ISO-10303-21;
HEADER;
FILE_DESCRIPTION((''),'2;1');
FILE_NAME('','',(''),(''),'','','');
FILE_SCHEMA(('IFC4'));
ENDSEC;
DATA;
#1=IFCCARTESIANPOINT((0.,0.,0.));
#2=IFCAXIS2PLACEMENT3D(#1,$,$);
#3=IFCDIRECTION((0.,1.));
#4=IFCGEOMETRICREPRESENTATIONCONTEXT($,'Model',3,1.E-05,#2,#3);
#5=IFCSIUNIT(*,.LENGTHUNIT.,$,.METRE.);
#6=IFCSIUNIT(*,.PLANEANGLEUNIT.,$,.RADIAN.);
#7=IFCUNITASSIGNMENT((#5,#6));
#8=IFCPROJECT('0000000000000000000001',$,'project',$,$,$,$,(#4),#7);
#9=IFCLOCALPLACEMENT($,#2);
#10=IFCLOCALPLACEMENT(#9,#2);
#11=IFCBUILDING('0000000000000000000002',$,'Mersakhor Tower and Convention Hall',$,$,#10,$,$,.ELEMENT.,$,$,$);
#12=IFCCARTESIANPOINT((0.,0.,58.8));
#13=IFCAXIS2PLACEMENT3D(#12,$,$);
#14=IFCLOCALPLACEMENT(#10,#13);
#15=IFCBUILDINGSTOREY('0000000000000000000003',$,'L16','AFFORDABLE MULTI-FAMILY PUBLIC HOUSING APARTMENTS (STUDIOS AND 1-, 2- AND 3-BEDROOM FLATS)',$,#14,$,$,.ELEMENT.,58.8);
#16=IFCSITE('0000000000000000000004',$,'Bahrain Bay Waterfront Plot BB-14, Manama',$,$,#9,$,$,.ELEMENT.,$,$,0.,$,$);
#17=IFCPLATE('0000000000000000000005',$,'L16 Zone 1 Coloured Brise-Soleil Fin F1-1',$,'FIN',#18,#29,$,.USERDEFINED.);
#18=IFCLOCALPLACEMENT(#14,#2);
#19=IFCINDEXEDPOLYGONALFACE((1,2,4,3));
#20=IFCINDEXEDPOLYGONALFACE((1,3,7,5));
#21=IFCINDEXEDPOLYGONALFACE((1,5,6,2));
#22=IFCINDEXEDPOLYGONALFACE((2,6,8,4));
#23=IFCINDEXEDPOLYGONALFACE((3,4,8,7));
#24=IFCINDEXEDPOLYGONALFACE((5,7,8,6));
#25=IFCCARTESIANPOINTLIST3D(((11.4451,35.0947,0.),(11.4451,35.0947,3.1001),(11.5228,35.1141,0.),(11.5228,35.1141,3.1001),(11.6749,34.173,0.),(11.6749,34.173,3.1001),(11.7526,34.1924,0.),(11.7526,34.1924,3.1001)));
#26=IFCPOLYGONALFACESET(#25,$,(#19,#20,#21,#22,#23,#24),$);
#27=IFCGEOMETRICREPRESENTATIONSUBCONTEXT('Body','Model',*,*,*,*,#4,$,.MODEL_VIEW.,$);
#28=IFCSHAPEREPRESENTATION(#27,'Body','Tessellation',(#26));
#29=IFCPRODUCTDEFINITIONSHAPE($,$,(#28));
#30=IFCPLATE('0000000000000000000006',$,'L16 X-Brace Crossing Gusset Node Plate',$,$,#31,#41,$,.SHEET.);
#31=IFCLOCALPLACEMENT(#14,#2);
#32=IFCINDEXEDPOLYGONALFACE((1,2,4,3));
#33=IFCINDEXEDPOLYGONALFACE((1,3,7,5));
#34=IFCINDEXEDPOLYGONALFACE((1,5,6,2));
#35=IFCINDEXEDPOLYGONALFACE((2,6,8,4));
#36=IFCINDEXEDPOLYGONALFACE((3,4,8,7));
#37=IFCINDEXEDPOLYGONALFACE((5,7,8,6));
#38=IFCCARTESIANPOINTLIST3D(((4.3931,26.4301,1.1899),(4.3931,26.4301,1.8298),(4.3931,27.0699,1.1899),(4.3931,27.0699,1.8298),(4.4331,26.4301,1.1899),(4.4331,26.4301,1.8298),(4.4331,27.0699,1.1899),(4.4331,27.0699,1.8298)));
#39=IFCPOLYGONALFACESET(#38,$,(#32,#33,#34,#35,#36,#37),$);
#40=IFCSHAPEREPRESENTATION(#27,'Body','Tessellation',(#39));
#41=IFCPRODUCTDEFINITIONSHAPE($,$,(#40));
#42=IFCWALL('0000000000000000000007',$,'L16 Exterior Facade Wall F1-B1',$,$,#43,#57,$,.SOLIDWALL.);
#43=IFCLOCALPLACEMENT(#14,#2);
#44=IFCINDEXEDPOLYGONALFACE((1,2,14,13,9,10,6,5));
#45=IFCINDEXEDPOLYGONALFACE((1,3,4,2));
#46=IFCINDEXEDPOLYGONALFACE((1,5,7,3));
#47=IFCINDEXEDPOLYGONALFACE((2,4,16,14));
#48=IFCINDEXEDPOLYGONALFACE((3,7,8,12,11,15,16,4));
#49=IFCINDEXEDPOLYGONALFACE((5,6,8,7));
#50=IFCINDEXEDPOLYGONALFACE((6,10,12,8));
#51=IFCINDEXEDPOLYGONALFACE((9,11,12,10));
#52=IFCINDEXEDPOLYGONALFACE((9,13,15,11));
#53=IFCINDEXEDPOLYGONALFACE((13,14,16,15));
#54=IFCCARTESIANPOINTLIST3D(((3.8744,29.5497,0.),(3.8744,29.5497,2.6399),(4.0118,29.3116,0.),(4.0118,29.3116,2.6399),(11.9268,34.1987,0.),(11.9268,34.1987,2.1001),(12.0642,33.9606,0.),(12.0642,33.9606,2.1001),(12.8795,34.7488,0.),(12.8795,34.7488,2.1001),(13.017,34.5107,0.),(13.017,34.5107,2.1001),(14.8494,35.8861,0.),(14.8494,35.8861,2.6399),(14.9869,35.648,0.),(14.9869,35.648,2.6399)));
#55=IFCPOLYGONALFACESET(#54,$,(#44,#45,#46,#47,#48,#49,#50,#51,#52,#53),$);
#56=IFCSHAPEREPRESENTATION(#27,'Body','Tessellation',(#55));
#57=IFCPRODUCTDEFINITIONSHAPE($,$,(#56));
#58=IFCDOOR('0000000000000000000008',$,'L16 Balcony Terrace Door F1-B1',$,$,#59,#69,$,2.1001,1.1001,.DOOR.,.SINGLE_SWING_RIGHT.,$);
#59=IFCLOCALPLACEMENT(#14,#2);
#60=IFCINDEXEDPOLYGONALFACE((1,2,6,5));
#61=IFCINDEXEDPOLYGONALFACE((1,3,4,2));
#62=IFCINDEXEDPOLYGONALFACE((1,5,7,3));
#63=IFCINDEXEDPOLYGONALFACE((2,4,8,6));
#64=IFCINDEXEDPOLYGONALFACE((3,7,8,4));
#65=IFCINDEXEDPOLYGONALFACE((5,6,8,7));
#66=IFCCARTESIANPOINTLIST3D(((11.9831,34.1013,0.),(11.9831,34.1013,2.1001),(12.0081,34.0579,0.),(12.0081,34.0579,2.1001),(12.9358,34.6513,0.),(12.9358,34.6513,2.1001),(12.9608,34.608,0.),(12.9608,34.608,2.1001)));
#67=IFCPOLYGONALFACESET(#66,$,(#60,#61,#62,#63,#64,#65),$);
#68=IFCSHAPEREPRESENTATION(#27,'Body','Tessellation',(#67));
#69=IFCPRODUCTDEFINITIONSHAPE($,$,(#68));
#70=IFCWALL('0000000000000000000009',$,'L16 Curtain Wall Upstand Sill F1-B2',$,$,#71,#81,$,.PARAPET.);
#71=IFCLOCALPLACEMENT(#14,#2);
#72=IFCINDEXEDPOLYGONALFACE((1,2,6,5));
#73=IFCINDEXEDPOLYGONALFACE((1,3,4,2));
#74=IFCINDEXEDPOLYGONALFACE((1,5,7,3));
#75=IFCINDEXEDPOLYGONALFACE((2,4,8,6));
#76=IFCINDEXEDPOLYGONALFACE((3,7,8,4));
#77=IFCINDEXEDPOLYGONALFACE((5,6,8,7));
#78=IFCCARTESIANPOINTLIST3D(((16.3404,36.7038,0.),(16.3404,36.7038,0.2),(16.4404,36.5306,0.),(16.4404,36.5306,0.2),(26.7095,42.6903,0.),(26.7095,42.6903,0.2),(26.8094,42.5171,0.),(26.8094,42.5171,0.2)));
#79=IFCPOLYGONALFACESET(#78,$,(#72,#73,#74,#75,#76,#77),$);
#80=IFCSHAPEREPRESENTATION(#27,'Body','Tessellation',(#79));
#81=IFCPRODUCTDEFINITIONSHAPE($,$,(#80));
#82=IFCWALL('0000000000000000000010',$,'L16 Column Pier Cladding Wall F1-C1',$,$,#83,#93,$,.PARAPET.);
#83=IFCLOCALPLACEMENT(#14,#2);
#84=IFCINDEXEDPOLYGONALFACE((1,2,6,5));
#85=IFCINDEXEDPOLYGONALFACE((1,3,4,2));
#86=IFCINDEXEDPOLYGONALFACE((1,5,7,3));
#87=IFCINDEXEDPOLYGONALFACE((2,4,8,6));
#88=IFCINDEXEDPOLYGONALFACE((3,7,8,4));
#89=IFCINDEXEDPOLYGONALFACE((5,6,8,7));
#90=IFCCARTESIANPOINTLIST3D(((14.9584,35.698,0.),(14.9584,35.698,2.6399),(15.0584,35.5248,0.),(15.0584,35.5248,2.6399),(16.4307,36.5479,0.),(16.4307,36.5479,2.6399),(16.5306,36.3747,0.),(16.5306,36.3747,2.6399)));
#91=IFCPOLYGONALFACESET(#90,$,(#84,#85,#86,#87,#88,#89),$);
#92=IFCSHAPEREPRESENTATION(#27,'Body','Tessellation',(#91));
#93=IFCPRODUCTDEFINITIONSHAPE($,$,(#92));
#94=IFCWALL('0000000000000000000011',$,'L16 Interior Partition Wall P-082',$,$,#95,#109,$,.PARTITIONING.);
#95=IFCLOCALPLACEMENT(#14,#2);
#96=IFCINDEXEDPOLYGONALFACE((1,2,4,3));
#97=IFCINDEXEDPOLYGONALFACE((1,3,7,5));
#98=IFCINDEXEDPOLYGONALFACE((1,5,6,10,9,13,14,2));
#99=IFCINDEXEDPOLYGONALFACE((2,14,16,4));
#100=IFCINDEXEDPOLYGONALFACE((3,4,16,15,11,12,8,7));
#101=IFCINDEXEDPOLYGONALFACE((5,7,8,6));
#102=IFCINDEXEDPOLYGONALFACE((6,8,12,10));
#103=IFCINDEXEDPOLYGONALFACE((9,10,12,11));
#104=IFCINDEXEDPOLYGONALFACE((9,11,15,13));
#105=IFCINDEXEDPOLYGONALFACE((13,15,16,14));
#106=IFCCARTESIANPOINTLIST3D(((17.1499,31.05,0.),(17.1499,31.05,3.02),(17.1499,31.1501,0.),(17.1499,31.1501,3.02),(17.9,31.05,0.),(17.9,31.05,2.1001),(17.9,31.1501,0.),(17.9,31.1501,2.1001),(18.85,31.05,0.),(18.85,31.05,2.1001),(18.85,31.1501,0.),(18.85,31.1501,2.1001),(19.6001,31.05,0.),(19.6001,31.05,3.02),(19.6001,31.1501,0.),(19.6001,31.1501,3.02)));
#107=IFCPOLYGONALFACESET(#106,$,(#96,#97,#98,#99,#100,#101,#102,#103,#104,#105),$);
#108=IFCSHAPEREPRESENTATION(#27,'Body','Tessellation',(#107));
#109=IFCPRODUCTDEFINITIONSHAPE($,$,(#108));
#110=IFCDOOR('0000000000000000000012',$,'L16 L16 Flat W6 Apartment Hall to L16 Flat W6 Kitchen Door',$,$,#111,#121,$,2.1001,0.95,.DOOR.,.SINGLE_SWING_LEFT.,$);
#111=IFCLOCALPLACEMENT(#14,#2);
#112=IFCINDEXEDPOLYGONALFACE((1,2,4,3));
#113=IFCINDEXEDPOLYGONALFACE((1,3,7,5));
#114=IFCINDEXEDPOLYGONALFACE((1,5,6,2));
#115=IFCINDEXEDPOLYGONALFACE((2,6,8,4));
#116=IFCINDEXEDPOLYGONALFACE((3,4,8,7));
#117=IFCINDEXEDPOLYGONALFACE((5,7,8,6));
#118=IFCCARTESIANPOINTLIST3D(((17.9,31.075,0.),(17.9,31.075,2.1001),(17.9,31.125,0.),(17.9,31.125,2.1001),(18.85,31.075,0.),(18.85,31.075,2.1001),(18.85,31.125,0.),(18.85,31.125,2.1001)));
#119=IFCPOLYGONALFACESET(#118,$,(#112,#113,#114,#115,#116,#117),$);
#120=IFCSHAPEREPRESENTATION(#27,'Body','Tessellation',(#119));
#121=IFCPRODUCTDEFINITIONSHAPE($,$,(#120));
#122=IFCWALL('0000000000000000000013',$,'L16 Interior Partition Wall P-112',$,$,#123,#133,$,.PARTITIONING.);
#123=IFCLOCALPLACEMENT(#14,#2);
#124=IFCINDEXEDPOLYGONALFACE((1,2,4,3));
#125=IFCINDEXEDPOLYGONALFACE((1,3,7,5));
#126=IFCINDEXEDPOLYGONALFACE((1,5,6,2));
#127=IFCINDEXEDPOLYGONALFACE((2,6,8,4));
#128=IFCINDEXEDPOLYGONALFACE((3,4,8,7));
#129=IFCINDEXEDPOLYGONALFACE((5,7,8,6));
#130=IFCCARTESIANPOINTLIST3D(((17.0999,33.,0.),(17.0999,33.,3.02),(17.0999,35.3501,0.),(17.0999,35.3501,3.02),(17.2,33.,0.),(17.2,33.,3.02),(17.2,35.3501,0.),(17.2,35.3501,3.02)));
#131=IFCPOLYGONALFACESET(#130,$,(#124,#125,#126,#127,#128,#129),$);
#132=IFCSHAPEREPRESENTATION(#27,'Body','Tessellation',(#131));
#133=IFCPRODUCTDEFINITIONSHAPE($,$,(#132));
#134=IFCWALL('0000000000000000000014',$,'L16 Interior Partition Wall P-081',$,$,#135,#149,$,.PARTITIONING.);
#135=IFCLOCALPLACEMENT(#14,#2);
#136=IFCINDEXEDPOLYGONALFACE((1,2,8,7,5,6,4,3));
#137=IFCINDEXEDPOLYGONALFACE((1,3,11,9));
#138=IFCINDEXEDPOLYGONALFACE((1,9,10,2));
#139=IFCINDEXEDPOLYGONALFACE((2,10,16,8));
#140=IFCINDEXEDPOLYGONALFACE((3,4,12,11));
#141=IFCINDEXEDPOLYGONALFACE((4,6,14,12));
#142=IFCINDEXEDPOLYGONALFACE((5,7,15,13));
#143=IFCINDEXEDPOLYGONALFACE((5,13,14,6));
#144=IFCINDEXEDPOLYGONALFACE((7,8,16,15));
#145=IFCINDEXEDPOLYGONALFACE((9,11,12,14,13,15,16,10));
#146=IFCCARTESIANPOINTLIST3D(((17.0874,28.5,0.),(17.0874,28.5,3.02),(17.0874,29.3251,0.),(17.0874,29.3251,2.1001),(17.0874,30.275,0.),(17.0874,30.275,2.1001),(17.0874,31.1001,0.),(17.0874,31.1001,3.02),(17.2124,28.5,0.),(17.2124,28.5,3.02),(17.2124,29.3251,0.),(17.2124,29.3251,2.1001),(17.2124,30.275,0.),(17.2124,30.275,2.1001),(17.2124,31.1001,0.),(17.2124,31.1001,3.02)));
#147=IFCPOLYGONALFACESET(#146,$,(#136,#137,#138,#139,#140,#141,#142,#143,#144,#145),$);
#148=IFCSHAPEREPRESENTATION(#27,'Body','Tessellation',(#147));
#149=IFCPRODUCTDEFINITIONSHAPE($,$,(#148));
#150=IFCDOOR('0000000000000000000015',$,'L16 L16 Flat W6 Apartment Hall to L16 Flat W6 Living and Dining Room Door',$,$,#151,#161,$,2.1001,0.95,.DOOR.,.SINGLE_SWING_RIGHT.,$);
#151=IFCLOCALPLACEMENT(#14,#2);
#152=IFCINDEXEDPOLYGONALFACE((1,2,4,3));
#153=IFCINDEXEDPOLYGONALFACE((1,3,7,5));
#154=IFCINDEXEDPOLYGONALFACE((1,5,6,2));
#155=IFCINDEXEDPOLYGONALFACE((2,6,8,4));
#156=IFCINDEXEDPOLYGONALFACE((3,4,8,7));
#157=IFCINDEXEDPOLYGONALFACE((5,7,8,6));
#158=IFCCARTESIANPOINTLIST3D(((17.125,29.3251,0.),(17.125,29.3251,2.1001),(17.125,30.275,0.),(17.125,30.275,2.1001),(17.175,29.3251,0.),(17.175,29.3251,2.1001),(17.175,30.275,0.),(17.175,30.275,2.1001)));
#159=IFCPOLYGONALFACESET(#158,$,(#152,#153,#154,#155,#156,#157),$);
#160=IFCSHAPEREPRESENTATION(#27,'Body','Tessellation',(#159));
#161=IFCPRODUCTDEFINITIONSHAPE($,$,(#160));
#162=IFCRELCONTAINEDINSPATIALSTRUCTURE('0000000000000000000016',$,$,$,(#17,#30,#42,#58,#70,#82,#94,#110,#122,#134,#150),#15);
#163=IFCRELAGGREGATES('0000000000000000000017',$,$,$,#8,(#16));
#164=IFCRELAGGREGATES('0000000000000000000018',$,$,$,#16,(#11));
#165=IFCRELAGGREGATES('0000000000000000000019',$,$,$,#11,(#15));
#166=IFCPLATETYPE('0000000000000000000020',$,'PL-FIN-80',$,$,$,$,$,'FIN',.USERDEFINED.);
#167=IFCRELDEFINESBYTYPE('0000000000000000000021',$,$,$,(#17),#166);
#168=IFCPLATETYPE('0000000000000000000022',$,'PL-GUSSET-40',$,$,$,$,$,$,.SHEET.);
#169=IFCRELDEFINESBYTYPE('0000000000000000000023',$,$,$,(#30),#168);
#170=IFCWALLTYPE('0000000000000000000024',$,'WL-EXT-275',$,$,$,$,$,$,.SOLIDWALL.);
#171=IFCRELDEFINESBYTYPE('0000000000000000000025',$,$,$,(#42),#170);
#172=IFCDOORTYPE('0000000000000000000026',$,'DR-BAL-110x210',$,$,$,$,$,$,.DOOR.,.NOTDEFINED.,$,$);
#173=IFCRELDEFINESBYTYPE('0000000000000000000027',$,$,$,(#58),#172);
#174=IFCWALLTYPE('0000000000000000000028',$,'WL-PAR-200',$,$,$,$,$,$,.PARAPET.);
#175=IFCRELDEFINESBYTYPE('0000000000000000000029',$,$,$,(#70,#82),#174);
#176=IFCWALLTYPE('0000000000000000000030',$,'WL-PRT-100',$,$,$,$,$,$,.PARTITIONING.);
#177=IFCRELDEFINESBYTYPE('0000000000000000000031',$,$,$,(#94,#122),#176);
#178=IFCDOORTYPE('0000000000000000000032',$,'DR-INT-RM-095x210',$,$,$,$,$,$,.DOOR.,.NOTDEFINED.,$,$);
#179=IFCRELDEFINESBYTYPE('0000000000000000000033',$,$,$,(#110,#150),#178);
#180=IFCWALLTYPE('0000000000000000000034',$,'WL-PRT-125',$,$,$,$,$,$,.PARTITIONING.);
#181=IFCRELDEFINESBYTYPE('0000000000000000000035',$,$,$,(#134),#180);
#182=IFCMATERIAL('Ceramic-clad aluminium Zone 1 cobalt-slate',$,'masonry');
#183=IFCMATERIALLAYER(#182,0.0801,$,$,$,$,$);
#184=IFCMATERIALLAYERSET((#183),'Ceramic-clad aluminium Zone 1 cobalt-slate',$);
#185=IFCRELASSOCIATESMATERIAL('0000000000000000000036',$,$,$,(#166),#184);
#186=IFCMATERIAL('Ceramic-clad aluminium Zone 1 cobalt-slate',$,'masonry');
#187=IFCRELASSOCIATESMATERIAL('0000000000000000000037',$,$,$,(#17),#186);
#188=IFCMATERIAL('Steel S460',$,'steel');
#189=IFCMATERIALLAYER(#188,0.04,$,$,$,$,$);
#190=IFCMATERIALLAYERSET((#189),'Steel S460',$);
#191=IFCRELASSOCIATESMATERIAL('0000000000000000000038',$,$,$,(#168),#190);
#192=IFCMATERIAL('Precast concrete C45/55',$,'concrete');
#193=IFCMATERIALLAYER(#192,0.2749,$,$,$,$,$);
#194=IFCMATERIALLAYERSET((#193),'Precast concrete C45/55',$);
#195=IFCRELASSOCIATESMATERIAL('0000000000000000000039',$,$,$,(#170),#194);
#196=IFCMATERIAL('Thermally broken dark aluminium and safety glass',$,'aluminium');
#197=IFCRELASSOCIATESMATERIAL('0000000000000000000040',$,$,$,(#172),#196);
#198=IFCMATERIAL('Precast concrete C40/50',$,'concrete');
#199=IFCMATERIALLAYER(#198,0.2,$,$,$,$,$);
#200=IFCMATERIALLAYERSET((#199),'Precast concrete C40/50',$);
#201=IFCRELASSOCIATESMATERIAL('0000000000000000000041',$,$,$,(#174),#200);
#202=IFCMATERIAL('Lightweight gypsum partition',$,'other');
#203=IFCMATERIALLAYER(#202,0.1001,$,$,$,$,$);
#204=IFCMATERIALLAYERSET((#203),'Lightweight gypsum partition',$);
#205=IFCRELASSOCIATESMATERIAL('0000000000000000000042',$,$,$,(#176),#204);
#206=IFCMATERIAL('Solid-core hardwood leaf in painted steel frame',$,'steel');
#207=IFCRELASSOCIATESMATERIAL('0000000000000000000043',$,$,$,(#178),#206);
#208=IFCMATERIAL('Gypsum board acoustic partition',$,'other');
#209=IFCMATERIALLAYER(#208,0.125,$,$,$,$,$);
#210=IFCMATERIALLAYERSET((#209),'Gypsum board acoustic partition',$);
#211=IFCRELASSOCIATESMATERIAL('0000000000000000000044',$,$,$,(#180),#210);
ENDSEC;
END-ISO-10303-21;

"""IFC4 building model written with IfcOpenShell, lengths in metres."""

from ifc_helpers import new_model, si_unit, direction, frame, frame_2d, origin, origin_2d, place, context, subcontext, project, spatial, rectangle, extrude, material, layer, layer_set, type_object, element, fill, save


model = new_model("IFC4")

# Units and contexts
model_context = context("Model", 3, precision=1e-05, world=origin(), true_north=direction((0.0, 1.0)))
body_context = subcontext(model_context, "Body", "Model", "MODEL_VIEW")
ifc_project = project(units=[si_unit("LENGTHUNIT", "METRE"), si_unit("PLANEANGLEUNIT", "RADIAN")], contexts=[model_context])

# Site, building, storey
site_placement = place(None, origin())
site = spatial("IfcSite", under=ifc_project, at=site_placement, Name="Bahrain Bay Waterfront Plot BB-14, Manama", CompositionType="ELEMENT", RefElevation=0.0)
building_placement = place(site_placement, origin())
building = spatial("IfcBuilding", under=site, at=building_placement, Name="Mersakhor Tower and Convention Hall", CompositionType="ELEMENT")
storey_placement = place(building_placement, frame((0.0, 0.0, 58.8)))
storey = spatial("IfcBuildingStorey", under=building, at=storey_placement, Name="L16", Description="AFFORDABLE MULTI-FAMILY PUBLIC HOUSING APARTMENTS (STUDIOS AND 1-, 2- AND 3-BEDROOM FLATS)", CompositionType="ELEMENT", Elevation=58.8)

# Plates
ifc_material_1 = material(Name="Ceramic-clad aluminium Zone 1 cobalt-slate", Category="masonry")
ifc_material_2 = material(Name="Ceramic-clad aluminium Zone 1 cobalt-slate", Category="masonry")
ifc_layer_1 = layer(ifc_material_2, 0.0801)
ifc_layer_set_1 = layer_set([ifc_layer_1], Name="Ceramic-clad aluminium Zone 1 cobalt-slate")
plate_type_1 = type_object("IfcPlateType", Name="PL-FIN-80", ElementType="FIN", PredefinedType="USERDEFINED", material=ifc_layer_set_1)
plate_1_placement = place(storey_placement, frame((11.5989, 34.6436, 0.0), z_axis=(0.0, 0.0, 1.0), x_axis=(-0.241922, 0.970296, 0.0)))
element("IfcPlate", 1, at=plate_1_placement, inside=storey, type_object=plate_type_1, material=ifc_material_1, Name="L16 Zone 1 Coloured Brise-Soleil Fin F1-1", ObjectType="FIN", PredefinedType="USERDEFINED", context=body_context, shape_type="SweptSolid", body=[
    extrude(rectangle(XDim=0.95, YDim=0.0801, at=origin_2d()), origin(), (0.0, 0.0, 1.0), 3.1001),
])
ifc_material_3 = material(Name="Steel S460", Category="steel")
ifc_layer_2 = layer(ifc_material_3, 0.04)
ifc_layer_set_2 = layer_set([ifc_layer_2], Name="Steel S460")
plate_type_2 = type_object("IfcPlateType", Name="PL-GUSSET-40", PredefinedType="SHEET", material=ifc_layer_set_2)
plate_2_placement = place(storey_placement, frame((4.4131, 26.75, 1.1899), z_axis=(0.0, 0.0, 1.0), x_axis=(0.0, -1.0, 0.0)))
element("IfcPlate", 2, at=plate_2_placement, inside=storey, type_object=plate_type_2, Name="L16 X-Brace Crossing Gusset Node Plate", PredefinedType="SHEET", context=body_context, shape_type="SweptSolid", body=[
    extrude(rectangle(XDim=0.6399, YDim=0.04, at=origin_2d()), origin(), (0.0, 0.0, 1.0), 0.6399),
])

# Wall, opening, door
ifc_material_4 = material(Name="Precast concrete C45/55", Category="concrete")
ifc_layer_3 = layer(ifc_material_4, 0.2749)
ifc_layer_set_3 = layer_set([ifc_layer_3], Name="Precast concrete C45/55")
wall_type_1 = type_object("IfcWallType", Name="WL-EXT-275", PredefinedType="SOLIDWALL", material=ifc_layer_set_3)
wall_1_placement = place(storey_placement, frame((3.9431, 29.4307, 0.0), z_axis=(0.0, 0.0, 1.0), x_axis=(0.866027, 0.499997, 0.0)))
wall_1 = element("IfcWall", 3, at=wall_1_placement, inside=storey, type_object=wall_type_1, Name="L16 Exterior Facade Wall F1-B1", PredefinedType="SOLIDWALL", context=body_context, shape_type="SweptSolid", body=[
    extrude(rectangle(XDim=12.6729, YDim=0.2749, at=frame_2d((6.3364, 0.0))), origin(), (0.0, 0.0, 1.0), 2.6399),
])
opening_1_placement = place(wall_1_placement, frame((9.2981, 0.0, 0.0)))
opening_1 = element("IfcOpeningElement", 4, at=opening_1_placement, cuts=wall_1, PredefinedType="OPENING", context=body_context, shape_type="SweptSolid", body=[
    extrude(rectangle(XDim=1.1001, YDim=2.1001, at=frame_2d((0.55, 1.05))), frame((0.0, 0.1475, 0.0), z_axis=(0.0, -1.0, 0.0), x_axis=(1.0, 0.0, 0.0)), (0.0, 0.0, 1.0), 0.2949),
])
ifc_material_5 = material(Name="Thermally broken dark aluminium and safety glass", Category="aluminium")
door_type_1 = type_object("IfcDoorType", Name="DR-BAL-110x210", OperationType="NOTDEFINED", PredefinedType="DOOR", material=ifc_material_5)
door_1_placement = place(opening_1_placement, origin())
door_1 = element("IfcDoor", 5, at=door_1_placement, inside=storey, type_object=door_type_1, Name="L16 Balcony Terrace Door F1-B1", OperationType="SINGLE_SWING_RIGHT", OverallHeight=2.1001, OverallWidth=1.1001, PredefinedType="DOOR", context=body_context, shape_type="SweptSolid", body=[
    extrude(rectangle(XDim=1.1001, YDim=2.1001, at=frame_2d((0.55, 1.05))), frame((0.0, 0.0249, 0.0), z_axis=(0.0, -1.0, 0.0), x_axis=(1.0, 0.0, 0.0)), (0.0, 0.0, 1.0), 0.05),
])
fill(opening_1, door_1)

# Walls
ifc_material_6 = material(Name="Precast concrete C40/50", Category="concrete")
ifc_layer_4 = layer(ifc_material_6, 0.2)
ifc_layer_set_4 = layer_set([ifc_layer_4], Name="Precast concrete C40/50")
wall_type_2 = type_object("IfcWallType", Name="WL-PAR-200", PredefinedType="PARAPET", material=ifc_layer_set_4)
wall_2_placement = place(storey_placement, frame((16.3904, 36.6172, 0.0), z_axis=(0.0, 0.0, 1.0), x_axis=(0.866027, 0.499997, 0.0)))
element("IfcWall", 6, at=wall_2_placement, inside=storey, type_object=wall_type_2, Name="L16 Curtain Wall Upstand Sill F1-B2", PredefinedType="PARAPET", context=body_context, shape_type="SweptSolid", body=[
    extrude(rectangle(XDim=11.9731, YDim=0.2, at=frame_2d((5.9866, 0.0))), origin(), (0.0, 0.0, 1.0), 0.2),
])
wall_3_placement = place(storey_placement, frame((15.0083, 35.6113, 0.0), z_axis=(0.0, 0.0, 1.0), x_axis=(0.866052, 0.499955, 0.0)))
element("IfcWall", 7, at=wall_3_placement, inside=storey, type_object=wall_type_2, Name="L16 Column Pier Cladding Wall F1-C1", PredefinedType="PARAPET", context=body_context, shape_type="SweptSolid", body=[
    extrude(rectangle(XDim=1.7, YDim=0.2, at=frame_2d((0.8501, 0.0))), origin(), (0.0, 0.0, 1.0), 2.6399),
])

# Wall, opening, door
ifc_material_7 = material(Name="Lightweight gypsum partition", Category="other")
ifc_layer_5 = layer(ifc_material_7, 0.1001)
ifc_layer_set_5 = layer_set([ifc_layer_5], Name="Lightweight gypsum partition")
wall_type_3 = type_object("IfcWallType", Name="WL-PRT-100", PredefinedType="PARTITIONING", material=ifc_layer_set_5)
wall_4_placement = place(storey_placement, frame((17.1499, 31.1001, 0.0), z_axis=(0.0, 0.0, 1.0), x_axis=(1.0, 0.0, 0.0)))
wall_4 = element("IfcWall", 8, at=wall_4_placement, inside=storey, type_object=wall_type_3, Name="L16 Interior Partition Wall P-082", PredefinedType="PARTITIONING", context=body_context, shape_type="SweptSolid", body=[
    extrude(rectangle(XDim=2.4502, YDim=0.1001, at=frame_2d((1.2251, 0.0))), origin(), (0.0, 0.0, 1.0), 3.02),
])
opening_2_placement = place(wall_4_placement, frame((0.75, 0.0, 0.0)))
opening_2 = element("IfcOpeningElement", 9, at=opening_2_placement, cuts=wall_4, PredefinedType="OPENING", context=body_context, shape_type="SweptSolid", body=[
    extrude(rectangle(XDim=0.95, YDim=2.1001, at=frame_2d((0.4751, 1.05))), frame((0.0, 0.0601, 0.0), z_axis=(0.0, -1.0, 0.0), x_axis=(1.0, 0.0, 0.0)), (0.0, 0.0, 1.0), 0.1201),
])
ifc_material_8 = material(Name="Solid-core hardwood leaf in painted steel frame", Category="steel")
door_type_2 = type_object("IfcDoorType", Name="DR-INT-RM-095x210", OperationType="NOTDEFINED", PredefinedType="DOOR", material=ifc_material_8)
door_2_placement = place(opening_2_placement, origin())
door_2 = element("IfcDoor", 10, at=door_2_placement, inside=storey, type_object=door_type_2, Name="L16 L16 Flat W6 Apartment Hall to L16 Flat W6 Kitchen Door", OperationType="SINGLE_SWING_LEFT", OverallHeight=2.1001, OverallWidth=0.95, PredefinedType="DOOR", context=body_context, shape_type="SweptSolid", body=[
    extrude(rectangle(XDim=0.95, YDim=2.1001, at=frame_2d((0.4751, 1.05))), frame((0.0, 0.0249, 0.0), z_axis=(0.0, -1.0, 0.0), x_axis=(1.0, 0.0, 0.0)), (0.0, 0.0, 1.0), 0.05),
])
fill(opening_2, door_2)

# Wall
wall_5_placement = place(storey_placement, frame((17.1499, 33.0, 0.0), z_axis=(0.0, 0.0, 1.0), x_axis=(0.0, 1.0, 0.0)))
element("IfcWall", 11, at=wall_5_placement, inside=storey, type_object=wall_type_3, Name="L16 Interior Partition Wall P-112", PredefinedType="PARTITIONING", context=body_context, shape_type="SweptSolid", body=[
    extrude(rectangle(XDim=2.3501, YDim=0.1001, at=frame_2d((1.175, 0.0))), origin(), (0.0, 0.0, 1.0), 3.02),
])

# Wall, opening, door
ifc_material_9 = material(Name="Gypsum board acoustic partition", Category="other")
ifc_layer_6 = layer(ifc_material_9, 0.125)
ifc_layer_set_6 = layer_set([ifc_layer_6], Name="Gypsum board acoustic partition")
wall_type_4 = type_object("IfcWallType", Name="WL-PRT-125", PredefinedType="PARTITIONING", material=ifc_layer_set_6)
wall_6_placement = place(storey_placement, frame((17.1499, 28.5, 0.0), z_axis=(0.0, 0.0, 1.0), x_axis=(0.0, 1.0, 0.0)))
wall_6 = element("IfcWall", 12, at=wall_6_placement, inside=storey, type_object=wall_type_4, Name="L16 Interior Partition Wall P-081", PredefinedType="PARTITIONING", context=body_context, shape_type="SweptSolid", body=[
    extrude(rectangle(XDim=2.6001, YDim=0.125, at=frame_2d((1.3, 0.0))), origin(), (0.0, 0.0, 1.0), 3.02),
])
opening_3_placement = place(wall_6_placement, frame((0.825, 0.0, 0.0)))
opening_3 = element("IfcOpeningElement", 13, at=opening_3_placement, cuts=wall_6, PredefinedType="OPENING", context=body_context, shape_type="SweptSolid", body=[
    extrude(rectangle(XDim=0.95, YDim=2.1001, at=frame_2d((0.4751, 1.05))), frame((0.0, 0.0725, 0.0), z_axis=(0.0, -1.0, 0.0), x_axis=(1.0, 0.0, 0.0)), (0.0, 0.0, 1.0), 0.145),
])
door_3_placement = place(opening_3_placement, origin())
door_3 = element("IfcDoor", 14, at=door_3_placement, inside=storey, type_object=door_type_2, Name="L16 L16 Flat W6 Apartment Hall to L16 Flat W6 Living and Dining Room Door", OperationType="SINGLE_SWING_RIGHT", OverallHeight=2.1001, OverallWidth=0.95, PredefinedType="DOOR", context=body_context, shape_type="SweptSolid", body=[
    extrude(rectangle(XDim=0.95, YDim=2.1001, at=frame_2d((0.4751, 1.05))), frame((0.0, 0.0249, 0.0), z_axis=(0.0, -1.0, 0.0), x_axis=(1.0, 0.0, 0.0)), (0.0, 0.0, 1.0), 0.05),
])
fill(opening_3, door_3)

save(model, "model.ifc")
